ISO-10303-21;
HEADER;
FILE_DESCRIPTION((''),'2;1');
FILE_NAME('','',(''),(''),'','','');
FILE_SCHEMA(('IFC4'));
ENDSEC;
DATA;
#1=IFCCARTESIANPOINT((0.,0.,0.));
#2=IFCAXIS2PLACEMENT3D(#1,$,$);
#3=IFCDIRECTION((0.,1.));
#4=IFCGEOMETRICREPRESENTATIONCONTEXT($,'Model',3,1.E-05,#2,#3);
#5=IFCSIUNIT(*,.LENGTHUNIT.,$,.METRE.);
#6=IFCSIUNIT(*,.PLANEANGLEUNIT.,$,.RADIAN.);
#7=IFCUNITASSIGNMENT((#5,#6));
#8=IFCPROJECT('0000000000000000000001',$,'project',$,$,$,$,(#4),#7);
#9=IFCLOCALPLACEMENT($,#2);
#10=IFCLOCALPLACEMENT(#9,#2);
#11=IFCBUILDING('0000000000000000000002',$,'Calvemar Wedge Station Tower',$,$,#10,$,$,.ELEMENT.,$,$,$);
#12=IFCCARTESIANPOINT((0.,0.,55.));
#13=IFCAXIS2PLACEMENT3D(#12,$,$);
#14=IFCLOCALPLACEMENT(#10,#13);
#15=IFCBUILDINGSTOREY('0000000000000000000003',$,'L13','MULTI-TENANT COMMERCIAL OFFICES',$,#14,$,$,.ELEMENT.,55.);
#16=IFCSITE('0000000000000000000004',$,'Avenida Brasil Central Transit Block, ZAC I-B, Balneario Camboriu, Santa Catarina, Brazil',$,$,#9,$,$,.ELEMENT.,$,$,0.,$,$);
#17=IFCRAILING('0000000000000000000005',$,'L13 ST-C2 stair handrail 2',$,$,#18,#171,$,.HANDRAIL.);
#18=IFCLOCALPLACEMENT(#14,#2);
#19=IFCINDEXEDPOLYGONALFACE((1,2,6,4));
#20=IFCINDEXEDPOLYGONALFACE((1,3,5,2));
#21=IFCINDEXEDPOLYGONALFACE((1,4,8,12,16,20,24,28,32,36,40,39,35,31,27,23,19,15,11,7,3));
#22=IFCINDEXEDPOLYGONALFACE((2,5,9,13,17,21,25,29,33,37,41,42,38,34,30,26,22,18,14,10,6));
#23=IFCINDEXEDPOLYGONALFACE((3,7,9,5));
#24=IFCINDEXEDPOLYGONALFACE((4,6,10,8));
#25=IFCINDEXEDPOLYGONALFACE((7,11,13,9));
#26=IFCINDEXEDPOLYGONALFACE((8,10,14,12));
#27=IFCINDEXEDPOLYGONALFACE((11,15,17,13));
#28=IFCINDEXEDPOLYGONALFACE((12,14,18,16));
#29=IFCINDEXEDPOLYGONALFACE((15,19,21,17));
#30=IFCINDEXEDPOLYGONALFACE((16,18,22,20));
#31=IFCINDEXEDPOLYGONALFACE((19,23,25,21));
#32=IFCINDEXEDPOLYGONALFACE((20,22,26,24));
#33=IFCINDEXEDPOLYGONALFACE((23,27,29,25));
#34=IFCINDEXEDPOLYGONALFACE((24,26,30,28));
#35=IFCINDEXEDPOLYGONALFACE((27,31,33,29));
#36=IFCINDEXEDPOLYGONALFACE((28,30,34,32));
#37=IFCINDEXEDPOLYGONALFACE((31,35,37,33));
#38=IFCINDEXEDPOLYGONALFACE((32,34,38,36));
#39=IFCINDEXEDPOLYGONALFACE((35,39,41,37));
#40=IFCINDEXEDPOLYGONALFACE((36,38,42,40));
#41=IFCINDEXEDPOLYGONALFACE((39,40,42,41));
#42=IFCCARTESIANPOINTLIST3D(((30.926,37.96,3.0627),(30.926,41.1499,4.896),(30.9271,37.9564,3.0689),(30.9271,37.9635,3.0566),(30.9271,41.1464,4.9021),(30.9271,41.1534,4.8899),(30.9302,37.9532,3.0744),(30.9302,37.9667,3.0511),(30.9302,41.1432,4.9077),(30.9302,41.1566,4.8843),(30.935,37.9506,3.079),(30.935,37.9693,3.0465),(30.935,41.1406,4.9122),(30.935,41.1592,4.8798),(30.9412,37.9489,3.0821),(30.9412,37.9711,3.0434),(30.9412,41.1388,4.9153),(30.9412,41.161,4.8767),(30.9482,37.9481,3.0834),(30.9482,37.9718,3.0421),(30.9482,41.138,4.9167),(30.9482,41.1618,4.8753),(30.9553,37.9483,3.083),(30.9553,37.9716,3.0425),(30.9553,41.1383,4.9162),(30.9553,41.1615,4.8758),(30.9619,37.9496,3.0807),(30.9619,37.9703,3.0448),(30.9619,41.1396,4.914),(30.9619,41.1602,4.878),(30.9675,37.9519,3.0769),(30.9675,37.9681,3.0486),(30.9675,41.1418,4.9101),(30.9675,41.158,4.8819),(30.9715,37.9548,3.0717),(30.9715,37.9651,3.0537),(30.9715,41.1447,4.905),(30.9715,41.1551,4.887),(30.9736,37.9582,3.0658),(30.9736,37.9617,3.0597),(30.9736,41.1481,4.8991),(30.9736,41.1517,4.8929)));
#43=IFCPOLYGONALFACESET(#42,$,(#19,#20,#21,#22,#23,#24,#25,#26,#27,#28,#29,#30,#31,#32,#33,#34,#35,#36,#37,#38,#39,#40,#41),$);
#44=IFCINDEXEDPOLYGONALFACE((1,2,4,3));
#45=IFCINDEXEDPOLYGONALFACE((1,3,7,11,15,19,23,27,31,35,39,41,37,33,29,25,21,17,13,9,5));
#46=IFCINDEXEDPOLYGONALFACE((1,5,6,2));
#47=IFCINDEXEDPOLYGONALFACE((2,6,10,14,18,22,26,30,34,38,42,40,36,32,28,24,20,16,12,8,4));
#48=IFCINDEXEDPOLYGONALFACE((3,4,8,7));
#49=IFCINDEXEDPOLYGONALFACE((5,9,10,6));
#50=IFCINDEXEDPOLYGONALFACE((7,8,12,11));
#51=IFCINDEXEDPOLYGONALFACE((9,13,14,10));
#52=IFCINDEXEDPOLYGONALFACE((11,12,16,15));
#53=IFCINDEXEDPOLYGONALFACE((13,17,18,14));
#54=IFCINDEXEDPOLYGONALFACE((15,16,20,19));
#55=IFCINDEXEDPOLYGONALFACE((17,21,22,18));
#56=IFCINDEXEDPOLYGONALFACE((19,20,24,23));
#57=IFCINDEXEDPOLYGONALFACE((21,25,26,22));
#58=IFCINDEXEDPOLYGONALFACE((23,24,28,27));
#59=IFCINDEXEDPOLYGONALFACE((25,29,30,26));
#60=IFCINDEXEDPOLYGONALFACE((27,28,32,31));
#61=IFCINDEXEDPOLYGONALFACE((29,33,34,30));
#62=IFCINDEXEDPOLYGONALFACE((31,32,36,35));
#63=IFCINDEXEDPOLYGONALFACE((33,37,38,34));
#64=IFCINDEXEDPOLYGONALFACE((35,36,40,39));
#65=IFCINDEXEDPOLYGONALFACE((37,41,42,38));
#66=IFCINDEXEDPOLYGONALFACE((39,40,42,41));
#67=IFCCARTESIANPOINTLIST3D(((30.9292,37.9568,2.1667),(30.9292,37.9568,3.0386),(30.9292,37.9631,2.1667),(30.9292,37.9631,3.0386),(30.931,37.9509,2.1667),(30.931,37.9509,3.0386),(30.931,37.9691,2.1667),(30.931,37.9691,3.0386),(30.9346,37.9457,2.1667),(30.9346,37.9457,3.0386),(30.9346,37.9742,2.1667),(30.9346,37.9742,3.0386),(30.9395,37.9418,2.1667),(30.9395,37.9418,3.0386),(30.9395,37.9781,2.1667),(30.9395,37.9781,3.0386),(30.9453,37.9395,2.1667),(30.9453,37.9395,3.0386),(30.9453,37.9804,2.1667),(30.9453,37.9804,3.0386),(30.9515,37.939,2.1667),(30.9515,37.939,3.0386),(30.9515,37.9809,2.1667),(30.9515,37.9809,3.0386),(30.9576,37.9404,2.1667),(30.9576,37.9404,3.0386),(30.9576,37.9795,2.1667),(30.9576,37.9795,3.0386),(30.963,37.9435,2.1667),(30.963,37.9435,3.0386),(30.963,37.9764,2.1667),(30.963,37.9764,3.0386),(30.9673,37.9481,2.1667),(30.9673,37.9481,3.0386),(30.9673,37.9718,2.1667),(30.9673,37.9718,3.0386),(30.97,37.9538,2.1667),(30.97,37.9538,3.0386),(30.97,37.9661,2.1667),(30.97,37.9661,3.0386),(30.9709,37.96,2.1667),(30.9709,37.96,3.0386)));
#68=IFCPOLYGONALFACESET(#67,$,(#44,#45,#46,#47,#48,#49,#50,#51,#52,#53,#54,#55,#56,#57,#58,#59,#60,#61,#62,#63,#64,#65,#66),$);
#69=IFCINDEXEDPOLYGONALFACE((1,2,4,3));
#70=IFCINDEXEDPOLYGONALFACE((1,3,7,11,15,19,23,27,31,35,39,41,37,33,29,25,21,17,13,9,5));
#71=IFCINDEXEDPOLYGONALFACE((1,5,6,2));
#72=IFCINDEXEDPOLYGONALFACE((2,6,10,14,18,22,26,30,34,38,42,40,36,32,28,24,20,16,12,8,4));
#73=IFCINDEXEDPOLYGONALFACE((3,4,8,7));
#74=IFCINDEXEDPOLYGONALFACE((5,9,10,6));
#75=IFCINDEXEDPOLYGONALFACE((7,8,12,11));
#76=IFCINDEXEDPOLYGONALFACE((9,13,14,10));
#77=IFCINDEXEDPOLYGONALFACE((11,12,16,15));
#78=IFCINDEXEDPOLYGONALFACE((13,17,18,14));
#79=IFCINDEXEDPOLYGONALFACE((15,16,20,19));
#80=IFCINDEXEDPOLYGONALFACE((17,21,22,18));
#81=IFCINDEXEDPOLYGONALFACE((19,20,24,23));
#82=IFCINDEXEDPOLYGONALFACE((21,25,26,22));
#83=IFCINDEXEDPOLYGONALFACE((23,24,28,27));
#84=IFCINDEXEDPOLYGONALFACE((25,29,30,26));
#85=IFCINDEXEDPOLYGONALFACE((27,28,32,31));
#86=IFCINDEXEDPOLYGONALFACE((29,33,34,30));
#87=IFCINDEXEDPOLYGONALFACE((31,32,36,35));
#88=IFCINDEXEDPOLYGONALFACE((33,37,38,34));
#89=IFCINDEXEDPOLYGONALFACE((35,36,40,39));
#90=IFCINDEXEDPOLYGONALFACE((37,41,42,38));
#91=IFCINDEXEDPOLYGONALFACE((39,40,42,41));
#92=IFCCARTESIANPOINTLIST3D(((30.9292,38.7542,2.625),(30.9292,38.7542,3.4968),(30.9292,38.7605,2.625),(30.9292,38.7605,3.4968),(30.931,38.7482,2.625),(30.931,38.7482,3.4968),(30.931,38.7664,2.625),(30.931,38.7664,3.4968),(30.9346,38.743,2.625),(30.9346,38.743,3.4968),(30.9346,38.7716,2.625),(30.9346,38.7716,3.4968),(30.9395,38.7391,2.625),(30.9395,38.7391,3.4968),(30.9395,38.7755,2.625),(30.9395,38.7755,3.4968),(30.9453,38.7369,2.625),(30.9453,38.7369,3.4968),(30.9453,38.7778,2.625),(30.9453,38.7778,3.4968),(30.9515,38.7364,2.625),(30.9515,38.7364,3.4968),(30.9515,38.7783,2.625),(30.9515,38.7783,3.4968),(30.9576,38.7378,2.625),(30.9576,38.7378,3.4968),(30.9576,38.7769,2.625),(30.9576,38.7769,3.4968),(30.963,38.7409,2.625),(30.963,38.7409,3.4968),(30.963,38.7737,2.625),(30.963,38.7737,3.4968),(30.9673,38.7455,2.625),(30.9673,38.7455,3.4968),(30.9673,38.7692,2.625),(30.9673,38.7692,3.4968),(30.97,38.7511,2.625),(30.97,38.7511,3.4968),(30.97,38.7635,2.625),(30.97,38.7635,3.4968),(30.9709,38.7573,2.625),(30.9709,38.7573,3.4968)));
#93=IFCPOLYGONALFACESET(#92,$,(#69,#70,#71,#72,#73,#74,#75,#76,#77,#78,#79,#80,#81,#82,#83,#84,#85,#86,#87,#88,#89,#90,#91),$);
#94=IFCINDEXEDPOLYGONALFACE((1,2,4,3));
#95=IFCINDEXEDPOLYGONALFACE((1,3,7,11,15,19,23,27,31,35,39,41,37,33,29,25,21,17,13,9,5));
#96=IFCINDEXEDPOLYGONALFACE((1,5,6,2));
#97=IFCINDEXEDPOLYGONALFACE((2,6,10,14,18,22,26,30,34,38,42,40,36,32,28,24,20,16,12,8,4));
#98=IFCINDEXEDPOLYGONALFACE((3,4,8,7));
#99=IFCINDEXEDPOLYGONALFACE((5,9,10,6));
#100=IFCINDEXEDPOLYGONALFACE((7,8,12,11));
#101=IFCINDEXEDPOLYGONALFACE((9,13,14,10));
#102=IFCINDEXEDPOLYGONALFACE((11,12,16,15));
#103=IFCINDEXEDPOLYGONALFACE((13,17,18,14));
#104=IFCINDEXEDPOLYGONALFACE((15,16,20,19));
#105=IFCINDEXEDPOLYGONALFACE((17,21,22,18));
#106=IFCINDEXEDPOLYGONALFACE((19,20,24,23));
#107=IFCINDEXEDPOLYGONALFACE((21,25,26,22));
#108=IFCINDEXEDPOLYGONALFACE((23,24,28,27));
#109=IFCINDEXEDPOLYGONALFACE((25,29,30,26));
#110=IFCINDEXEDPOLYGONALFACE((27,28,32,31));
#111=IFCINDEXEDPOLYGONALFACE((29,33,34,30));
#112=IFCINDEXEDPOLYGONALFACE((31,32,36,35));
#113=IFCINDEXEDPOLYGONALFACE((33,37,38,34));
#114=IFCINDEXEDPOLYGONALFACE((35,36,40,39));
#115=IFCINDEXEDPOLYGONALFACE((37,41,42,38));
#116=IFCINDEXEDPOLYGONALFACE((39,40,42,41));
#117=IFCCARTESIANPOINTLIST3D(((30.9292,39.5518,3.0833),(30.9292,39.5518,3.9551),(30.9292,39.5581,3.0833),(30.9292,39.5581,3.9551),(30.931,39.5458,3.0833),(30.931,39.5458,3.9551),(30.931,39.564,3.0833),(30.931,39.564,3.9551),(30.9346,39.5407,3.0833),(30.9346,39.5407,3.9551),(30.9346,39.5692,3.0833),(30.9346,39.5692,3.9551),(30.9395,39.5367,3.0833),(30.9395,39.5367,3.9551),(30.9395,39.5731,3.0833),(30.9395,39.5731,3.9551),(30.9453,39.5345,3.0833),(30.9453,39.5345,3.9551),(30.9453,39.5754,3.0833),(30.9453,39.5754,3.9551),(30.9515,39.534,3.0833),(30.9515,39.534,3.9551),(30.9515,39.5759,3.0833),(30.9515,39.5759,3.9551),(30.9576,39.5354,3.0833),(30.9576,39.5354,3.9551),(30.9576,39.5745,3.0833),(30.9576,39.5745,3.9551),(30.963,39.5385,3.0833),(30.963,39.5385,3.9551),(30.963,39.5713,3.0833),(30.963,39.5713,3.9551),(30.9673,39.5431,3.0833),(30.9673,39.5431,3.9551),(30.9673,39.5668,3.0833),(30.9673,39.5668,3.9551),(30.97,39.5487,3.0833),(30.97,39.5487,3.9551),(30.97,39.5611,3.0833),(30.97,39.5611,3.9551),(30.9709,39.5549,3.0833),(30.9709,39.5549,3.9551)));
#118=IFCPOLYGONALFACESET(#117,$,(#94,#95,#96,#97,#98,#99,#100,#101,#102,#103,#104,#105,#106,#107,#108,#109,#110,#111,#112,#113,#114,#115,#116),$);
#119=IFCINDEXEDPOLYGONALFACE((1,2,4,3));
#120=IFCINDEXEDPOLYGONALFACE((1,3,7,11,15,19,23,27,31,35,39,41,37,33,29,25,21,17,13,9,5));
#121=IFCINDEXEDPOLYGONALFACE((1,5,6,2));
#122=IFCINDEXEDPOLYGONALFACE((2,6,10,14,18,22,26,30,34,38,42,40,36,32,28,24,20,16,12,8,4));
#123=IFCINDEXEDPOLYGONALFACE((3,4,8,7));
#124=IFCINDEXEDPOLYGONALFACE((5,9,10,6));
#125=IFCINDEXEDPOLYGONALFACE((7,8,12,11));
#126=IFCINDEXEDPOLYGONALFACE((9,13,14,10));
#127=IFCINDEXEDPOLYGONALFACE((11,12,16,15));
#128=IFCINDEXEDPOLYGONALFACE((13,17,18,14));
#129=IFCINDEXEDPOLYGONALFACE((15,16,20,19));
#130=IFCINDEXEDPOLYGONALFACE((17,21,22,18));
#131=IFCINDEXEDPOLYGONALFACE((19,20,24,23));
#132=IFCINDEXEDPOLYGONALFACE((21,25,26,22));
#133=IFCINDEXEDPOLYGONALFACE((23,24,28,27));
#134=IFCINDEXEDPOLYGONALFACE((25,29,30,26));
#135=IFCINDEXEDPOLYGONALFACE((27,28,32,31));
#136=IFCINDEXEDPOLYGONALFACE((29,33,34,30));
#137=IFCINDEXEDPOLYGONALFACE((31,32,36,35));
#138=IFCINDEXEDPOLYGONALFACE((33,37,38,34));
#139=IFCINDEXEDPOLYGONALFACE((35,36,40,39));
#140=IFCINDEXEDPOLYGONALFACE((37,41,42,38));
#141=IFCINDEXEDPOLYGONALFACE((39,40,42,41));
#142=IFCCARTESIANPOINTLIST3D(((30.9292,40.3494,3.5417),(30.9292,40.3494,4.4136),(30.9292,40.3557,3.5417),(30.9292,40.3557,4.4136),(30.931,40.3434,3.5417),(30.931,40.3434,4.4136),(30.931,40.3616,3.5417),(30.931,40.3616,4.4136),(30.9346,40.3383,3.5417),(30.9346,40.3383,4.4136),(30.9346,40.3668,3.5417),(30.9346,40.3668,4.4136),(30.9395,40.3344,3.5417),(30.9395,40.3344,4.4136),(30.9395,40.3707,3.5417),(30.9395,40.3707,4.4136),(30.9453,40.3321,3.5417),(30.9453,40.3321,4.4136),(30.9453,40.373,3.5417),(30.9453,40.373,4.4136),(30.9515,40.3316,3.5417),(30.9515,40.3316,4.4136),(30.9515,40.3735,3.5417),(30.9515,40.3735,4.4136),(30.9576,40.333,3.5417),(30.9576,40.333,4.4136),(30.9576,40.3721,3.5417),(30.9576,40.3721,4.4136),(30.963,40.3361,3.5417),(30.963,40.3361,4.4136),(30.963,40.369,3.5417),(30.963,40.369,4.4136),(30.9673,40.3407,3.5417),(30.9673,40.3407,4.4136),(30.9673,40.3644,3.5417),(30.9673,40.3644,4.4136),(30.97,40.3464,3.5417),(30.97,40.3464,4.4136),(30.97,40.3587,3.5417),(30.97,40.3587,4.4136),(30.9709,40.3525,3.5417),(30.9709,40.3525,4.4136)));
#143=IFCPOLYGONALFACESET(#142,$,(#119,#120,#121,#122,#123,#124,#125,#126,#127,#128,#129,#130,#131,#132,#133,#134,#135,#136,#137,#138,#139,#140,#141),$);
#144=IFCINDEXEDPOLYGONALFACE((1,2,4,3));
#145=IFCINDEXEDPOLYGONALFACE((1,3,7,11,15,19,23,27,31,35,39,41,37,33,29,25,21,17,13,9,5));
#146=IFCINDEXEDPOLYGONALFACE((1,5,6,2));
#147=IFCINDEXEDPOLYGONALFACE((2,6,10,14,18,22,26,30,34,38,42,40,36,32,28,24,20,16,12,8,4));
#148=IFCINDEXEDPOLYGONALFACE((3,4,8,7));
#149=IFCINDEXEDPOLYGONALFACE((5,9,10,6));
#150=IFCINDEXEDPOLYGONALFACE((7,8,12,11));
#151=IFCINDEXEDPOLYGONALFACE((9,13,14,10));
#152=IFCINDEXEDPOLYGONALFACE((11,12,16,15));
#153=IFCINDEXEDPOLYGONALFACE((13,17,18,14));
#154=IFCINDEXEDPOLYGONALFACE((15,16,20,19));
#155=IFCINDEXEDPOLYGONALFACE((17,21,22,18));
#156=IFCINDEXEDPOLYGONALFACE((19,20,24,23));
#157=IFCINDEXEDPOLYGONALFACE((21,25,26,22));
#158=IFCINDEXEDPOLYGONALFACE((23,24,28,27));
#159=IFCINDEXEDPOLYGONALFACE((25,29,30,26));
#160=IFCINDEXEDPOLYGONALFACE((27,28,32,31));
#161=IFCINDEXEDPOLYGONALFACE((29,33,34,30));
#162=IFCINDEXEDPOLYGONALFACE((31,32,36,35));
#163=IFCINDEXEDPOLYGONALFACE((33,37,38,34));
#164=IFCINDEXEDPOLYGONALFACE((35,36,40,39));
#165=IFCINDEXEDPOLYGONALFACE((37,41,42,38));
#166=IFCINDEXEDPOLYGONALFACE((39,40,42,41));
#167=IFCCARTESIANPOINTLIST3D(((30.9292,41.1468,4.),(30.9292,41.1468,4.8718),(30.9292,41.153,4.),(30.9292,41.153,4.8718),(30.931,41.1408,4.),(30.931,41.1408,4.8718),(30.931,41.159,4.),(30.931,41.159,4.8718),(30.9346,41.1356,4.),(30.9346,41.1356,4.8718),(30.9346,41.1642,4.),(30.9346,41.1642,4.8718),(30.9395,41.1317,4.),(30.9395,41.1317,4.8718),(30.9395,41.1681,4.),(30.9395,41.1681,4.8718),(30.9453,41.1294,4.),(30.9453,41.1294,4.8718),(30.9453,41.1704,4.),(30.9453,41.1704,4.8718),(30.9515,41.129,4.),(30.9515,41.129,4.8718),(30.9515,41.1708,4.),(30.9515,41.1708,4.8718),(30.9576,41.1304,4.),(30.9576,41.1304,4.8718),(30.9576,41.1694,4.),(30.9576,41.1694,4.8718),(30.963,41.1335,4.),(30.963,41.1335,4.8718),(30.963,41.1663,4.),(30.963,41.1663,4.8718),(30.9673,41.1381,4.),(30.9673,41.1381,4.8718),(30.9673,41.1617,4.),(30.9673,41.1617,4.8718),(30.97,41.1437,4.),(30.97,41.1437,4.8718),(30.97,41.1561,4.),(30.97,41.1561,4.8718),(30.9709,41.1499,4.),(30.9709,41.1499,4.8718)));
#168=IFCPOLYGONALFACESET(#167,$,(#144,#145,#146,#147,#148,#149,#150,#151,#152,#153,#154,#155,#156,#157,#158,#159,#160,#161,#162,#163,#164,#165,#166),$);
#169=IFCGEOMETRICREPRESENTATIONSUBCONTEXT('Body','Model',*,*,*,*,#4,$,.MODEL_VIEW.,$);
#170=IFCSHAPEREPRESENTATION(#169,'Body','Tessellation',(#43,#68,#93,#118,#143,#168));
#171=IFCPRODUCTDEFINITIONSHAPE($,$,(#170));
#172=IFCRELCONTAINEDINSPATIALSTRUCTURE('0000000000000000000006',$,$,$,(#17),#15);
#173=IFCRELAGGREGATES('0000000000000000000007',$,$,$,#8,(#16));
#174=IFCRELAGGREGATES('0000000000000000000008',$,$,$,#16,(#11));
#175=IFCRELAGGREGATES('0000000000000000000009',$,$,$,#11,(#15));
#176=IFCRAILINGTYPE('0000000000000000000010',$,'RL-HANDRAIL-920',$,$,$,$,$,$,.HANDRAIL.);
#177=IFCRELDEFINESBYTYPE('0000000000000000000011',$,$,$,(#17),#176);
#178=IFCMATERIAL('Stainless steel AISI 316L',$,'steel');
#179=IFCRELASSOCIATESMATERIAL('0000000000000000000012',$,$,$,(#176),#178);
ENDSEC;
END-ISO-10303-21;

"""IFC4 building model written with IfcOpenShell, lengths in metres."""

from ifc_helpers import new_model, si_unit, direction, frame, origin, origin_2d, place, context, subcontext, project, spatial, circle, extrude, material, type_object, element, save


model = new_model("IFC4")

# Units and contexts
model_context = context("Model", 3, precision=1e-05, world=origin(), true_north=direction((0.0, 1.0)))
body_context = subcontext(model_context, "Body", "Model", "MODEL_VIEW")
ifc_project = project(units=[si_unit("LENGTHUNIT", "METRE"), si_unit("PLANEANGLEUNIT", "RADIAN")], contexts=[model_context])

# Site, building, storey
site_placement = place(None, origin())
site = spatial("IfcSite", under=ifc_project, at=site_placement, Name="Avenida Brasil Central Transit Block, ZAC I-B, Balneario Camboriu, Santa Catarina, Brazil", CompositionType="ELEMENT", RefElevation=0.0)
building_placement = place(site_placement, origin())
building = spatial("IfcBuilding", under=site, at=building_placement, Name="Calvemar Wedge Station Tower", CompositionType="ELEMENT")
storey_placement = place(building_placement, frame((0.0, 0.0, 55.0)))
storey = spatial("IfcBuildingStorey", under=building, at=storey_placement, Name="L13", Description="MULTI-TENANT COMMERCIAL OFFICES", CompositionType="ELEMENT", Elevation=55.0)

# Railing
ifc_material_1 = material(Name="Stainless steel AISI 316L", Category="steel")
railing_type_1 = type_object("IfcRailingType", Name="RL-HANDRAIL-920", PredefinedType="HANDRAIL", material=ifc_material_1)
railing_1_placement = place(storey_placement, frame((30.95, 37.96, 2.1667)))
element("IfcRailing", 1, at=railing_1_placement, inside=storey, type_object=railing_type_1, Name="L13 ST-C2 stair handrail 2", PredefinedType="HANDRAIL", context=body_context, shape_type="SweptSolid", body=[
    extrude(circle(Radius=0.0239, at=origin_2d()), frame((0.0, 0.0, 0.896), z_axis=(0.0, 0.86702, 0.498274), x_axis=(-1.0, 0.0, 0.0)), (0.0, 0.0, 1.0), 3.6792),
    extrude(circle(Radius=0.021, at=origin_2d()), origin(), (0.0, 0.0, 1.0), 0.8718),
    extrude(circle(Radius=0.021, at=origin_2d()), frame((0.0, 0.7974, 0.4583)), (0.0, 0.0, 1.0), 0.8718),
    extrude(circle(Radius=0.021, at=origin_2d()), frame((0.0, 1.595, 0.9165)), (0.0, 0.0, 1.0), 0.8718),
    extrude(circle(Radius=0.021, at=origin_2d()), frame((0.0, 2.3926, 1.375)), (0.0, 0.0, 1.0), 0.8718),
    extrude(circle(Radius=0.021, at=origin_2d()), frame((0.0, 3.1899, 1.8333)), (0.0, 0.0, 1.0), 0.8718),
])

save(model, "model.ifc")
